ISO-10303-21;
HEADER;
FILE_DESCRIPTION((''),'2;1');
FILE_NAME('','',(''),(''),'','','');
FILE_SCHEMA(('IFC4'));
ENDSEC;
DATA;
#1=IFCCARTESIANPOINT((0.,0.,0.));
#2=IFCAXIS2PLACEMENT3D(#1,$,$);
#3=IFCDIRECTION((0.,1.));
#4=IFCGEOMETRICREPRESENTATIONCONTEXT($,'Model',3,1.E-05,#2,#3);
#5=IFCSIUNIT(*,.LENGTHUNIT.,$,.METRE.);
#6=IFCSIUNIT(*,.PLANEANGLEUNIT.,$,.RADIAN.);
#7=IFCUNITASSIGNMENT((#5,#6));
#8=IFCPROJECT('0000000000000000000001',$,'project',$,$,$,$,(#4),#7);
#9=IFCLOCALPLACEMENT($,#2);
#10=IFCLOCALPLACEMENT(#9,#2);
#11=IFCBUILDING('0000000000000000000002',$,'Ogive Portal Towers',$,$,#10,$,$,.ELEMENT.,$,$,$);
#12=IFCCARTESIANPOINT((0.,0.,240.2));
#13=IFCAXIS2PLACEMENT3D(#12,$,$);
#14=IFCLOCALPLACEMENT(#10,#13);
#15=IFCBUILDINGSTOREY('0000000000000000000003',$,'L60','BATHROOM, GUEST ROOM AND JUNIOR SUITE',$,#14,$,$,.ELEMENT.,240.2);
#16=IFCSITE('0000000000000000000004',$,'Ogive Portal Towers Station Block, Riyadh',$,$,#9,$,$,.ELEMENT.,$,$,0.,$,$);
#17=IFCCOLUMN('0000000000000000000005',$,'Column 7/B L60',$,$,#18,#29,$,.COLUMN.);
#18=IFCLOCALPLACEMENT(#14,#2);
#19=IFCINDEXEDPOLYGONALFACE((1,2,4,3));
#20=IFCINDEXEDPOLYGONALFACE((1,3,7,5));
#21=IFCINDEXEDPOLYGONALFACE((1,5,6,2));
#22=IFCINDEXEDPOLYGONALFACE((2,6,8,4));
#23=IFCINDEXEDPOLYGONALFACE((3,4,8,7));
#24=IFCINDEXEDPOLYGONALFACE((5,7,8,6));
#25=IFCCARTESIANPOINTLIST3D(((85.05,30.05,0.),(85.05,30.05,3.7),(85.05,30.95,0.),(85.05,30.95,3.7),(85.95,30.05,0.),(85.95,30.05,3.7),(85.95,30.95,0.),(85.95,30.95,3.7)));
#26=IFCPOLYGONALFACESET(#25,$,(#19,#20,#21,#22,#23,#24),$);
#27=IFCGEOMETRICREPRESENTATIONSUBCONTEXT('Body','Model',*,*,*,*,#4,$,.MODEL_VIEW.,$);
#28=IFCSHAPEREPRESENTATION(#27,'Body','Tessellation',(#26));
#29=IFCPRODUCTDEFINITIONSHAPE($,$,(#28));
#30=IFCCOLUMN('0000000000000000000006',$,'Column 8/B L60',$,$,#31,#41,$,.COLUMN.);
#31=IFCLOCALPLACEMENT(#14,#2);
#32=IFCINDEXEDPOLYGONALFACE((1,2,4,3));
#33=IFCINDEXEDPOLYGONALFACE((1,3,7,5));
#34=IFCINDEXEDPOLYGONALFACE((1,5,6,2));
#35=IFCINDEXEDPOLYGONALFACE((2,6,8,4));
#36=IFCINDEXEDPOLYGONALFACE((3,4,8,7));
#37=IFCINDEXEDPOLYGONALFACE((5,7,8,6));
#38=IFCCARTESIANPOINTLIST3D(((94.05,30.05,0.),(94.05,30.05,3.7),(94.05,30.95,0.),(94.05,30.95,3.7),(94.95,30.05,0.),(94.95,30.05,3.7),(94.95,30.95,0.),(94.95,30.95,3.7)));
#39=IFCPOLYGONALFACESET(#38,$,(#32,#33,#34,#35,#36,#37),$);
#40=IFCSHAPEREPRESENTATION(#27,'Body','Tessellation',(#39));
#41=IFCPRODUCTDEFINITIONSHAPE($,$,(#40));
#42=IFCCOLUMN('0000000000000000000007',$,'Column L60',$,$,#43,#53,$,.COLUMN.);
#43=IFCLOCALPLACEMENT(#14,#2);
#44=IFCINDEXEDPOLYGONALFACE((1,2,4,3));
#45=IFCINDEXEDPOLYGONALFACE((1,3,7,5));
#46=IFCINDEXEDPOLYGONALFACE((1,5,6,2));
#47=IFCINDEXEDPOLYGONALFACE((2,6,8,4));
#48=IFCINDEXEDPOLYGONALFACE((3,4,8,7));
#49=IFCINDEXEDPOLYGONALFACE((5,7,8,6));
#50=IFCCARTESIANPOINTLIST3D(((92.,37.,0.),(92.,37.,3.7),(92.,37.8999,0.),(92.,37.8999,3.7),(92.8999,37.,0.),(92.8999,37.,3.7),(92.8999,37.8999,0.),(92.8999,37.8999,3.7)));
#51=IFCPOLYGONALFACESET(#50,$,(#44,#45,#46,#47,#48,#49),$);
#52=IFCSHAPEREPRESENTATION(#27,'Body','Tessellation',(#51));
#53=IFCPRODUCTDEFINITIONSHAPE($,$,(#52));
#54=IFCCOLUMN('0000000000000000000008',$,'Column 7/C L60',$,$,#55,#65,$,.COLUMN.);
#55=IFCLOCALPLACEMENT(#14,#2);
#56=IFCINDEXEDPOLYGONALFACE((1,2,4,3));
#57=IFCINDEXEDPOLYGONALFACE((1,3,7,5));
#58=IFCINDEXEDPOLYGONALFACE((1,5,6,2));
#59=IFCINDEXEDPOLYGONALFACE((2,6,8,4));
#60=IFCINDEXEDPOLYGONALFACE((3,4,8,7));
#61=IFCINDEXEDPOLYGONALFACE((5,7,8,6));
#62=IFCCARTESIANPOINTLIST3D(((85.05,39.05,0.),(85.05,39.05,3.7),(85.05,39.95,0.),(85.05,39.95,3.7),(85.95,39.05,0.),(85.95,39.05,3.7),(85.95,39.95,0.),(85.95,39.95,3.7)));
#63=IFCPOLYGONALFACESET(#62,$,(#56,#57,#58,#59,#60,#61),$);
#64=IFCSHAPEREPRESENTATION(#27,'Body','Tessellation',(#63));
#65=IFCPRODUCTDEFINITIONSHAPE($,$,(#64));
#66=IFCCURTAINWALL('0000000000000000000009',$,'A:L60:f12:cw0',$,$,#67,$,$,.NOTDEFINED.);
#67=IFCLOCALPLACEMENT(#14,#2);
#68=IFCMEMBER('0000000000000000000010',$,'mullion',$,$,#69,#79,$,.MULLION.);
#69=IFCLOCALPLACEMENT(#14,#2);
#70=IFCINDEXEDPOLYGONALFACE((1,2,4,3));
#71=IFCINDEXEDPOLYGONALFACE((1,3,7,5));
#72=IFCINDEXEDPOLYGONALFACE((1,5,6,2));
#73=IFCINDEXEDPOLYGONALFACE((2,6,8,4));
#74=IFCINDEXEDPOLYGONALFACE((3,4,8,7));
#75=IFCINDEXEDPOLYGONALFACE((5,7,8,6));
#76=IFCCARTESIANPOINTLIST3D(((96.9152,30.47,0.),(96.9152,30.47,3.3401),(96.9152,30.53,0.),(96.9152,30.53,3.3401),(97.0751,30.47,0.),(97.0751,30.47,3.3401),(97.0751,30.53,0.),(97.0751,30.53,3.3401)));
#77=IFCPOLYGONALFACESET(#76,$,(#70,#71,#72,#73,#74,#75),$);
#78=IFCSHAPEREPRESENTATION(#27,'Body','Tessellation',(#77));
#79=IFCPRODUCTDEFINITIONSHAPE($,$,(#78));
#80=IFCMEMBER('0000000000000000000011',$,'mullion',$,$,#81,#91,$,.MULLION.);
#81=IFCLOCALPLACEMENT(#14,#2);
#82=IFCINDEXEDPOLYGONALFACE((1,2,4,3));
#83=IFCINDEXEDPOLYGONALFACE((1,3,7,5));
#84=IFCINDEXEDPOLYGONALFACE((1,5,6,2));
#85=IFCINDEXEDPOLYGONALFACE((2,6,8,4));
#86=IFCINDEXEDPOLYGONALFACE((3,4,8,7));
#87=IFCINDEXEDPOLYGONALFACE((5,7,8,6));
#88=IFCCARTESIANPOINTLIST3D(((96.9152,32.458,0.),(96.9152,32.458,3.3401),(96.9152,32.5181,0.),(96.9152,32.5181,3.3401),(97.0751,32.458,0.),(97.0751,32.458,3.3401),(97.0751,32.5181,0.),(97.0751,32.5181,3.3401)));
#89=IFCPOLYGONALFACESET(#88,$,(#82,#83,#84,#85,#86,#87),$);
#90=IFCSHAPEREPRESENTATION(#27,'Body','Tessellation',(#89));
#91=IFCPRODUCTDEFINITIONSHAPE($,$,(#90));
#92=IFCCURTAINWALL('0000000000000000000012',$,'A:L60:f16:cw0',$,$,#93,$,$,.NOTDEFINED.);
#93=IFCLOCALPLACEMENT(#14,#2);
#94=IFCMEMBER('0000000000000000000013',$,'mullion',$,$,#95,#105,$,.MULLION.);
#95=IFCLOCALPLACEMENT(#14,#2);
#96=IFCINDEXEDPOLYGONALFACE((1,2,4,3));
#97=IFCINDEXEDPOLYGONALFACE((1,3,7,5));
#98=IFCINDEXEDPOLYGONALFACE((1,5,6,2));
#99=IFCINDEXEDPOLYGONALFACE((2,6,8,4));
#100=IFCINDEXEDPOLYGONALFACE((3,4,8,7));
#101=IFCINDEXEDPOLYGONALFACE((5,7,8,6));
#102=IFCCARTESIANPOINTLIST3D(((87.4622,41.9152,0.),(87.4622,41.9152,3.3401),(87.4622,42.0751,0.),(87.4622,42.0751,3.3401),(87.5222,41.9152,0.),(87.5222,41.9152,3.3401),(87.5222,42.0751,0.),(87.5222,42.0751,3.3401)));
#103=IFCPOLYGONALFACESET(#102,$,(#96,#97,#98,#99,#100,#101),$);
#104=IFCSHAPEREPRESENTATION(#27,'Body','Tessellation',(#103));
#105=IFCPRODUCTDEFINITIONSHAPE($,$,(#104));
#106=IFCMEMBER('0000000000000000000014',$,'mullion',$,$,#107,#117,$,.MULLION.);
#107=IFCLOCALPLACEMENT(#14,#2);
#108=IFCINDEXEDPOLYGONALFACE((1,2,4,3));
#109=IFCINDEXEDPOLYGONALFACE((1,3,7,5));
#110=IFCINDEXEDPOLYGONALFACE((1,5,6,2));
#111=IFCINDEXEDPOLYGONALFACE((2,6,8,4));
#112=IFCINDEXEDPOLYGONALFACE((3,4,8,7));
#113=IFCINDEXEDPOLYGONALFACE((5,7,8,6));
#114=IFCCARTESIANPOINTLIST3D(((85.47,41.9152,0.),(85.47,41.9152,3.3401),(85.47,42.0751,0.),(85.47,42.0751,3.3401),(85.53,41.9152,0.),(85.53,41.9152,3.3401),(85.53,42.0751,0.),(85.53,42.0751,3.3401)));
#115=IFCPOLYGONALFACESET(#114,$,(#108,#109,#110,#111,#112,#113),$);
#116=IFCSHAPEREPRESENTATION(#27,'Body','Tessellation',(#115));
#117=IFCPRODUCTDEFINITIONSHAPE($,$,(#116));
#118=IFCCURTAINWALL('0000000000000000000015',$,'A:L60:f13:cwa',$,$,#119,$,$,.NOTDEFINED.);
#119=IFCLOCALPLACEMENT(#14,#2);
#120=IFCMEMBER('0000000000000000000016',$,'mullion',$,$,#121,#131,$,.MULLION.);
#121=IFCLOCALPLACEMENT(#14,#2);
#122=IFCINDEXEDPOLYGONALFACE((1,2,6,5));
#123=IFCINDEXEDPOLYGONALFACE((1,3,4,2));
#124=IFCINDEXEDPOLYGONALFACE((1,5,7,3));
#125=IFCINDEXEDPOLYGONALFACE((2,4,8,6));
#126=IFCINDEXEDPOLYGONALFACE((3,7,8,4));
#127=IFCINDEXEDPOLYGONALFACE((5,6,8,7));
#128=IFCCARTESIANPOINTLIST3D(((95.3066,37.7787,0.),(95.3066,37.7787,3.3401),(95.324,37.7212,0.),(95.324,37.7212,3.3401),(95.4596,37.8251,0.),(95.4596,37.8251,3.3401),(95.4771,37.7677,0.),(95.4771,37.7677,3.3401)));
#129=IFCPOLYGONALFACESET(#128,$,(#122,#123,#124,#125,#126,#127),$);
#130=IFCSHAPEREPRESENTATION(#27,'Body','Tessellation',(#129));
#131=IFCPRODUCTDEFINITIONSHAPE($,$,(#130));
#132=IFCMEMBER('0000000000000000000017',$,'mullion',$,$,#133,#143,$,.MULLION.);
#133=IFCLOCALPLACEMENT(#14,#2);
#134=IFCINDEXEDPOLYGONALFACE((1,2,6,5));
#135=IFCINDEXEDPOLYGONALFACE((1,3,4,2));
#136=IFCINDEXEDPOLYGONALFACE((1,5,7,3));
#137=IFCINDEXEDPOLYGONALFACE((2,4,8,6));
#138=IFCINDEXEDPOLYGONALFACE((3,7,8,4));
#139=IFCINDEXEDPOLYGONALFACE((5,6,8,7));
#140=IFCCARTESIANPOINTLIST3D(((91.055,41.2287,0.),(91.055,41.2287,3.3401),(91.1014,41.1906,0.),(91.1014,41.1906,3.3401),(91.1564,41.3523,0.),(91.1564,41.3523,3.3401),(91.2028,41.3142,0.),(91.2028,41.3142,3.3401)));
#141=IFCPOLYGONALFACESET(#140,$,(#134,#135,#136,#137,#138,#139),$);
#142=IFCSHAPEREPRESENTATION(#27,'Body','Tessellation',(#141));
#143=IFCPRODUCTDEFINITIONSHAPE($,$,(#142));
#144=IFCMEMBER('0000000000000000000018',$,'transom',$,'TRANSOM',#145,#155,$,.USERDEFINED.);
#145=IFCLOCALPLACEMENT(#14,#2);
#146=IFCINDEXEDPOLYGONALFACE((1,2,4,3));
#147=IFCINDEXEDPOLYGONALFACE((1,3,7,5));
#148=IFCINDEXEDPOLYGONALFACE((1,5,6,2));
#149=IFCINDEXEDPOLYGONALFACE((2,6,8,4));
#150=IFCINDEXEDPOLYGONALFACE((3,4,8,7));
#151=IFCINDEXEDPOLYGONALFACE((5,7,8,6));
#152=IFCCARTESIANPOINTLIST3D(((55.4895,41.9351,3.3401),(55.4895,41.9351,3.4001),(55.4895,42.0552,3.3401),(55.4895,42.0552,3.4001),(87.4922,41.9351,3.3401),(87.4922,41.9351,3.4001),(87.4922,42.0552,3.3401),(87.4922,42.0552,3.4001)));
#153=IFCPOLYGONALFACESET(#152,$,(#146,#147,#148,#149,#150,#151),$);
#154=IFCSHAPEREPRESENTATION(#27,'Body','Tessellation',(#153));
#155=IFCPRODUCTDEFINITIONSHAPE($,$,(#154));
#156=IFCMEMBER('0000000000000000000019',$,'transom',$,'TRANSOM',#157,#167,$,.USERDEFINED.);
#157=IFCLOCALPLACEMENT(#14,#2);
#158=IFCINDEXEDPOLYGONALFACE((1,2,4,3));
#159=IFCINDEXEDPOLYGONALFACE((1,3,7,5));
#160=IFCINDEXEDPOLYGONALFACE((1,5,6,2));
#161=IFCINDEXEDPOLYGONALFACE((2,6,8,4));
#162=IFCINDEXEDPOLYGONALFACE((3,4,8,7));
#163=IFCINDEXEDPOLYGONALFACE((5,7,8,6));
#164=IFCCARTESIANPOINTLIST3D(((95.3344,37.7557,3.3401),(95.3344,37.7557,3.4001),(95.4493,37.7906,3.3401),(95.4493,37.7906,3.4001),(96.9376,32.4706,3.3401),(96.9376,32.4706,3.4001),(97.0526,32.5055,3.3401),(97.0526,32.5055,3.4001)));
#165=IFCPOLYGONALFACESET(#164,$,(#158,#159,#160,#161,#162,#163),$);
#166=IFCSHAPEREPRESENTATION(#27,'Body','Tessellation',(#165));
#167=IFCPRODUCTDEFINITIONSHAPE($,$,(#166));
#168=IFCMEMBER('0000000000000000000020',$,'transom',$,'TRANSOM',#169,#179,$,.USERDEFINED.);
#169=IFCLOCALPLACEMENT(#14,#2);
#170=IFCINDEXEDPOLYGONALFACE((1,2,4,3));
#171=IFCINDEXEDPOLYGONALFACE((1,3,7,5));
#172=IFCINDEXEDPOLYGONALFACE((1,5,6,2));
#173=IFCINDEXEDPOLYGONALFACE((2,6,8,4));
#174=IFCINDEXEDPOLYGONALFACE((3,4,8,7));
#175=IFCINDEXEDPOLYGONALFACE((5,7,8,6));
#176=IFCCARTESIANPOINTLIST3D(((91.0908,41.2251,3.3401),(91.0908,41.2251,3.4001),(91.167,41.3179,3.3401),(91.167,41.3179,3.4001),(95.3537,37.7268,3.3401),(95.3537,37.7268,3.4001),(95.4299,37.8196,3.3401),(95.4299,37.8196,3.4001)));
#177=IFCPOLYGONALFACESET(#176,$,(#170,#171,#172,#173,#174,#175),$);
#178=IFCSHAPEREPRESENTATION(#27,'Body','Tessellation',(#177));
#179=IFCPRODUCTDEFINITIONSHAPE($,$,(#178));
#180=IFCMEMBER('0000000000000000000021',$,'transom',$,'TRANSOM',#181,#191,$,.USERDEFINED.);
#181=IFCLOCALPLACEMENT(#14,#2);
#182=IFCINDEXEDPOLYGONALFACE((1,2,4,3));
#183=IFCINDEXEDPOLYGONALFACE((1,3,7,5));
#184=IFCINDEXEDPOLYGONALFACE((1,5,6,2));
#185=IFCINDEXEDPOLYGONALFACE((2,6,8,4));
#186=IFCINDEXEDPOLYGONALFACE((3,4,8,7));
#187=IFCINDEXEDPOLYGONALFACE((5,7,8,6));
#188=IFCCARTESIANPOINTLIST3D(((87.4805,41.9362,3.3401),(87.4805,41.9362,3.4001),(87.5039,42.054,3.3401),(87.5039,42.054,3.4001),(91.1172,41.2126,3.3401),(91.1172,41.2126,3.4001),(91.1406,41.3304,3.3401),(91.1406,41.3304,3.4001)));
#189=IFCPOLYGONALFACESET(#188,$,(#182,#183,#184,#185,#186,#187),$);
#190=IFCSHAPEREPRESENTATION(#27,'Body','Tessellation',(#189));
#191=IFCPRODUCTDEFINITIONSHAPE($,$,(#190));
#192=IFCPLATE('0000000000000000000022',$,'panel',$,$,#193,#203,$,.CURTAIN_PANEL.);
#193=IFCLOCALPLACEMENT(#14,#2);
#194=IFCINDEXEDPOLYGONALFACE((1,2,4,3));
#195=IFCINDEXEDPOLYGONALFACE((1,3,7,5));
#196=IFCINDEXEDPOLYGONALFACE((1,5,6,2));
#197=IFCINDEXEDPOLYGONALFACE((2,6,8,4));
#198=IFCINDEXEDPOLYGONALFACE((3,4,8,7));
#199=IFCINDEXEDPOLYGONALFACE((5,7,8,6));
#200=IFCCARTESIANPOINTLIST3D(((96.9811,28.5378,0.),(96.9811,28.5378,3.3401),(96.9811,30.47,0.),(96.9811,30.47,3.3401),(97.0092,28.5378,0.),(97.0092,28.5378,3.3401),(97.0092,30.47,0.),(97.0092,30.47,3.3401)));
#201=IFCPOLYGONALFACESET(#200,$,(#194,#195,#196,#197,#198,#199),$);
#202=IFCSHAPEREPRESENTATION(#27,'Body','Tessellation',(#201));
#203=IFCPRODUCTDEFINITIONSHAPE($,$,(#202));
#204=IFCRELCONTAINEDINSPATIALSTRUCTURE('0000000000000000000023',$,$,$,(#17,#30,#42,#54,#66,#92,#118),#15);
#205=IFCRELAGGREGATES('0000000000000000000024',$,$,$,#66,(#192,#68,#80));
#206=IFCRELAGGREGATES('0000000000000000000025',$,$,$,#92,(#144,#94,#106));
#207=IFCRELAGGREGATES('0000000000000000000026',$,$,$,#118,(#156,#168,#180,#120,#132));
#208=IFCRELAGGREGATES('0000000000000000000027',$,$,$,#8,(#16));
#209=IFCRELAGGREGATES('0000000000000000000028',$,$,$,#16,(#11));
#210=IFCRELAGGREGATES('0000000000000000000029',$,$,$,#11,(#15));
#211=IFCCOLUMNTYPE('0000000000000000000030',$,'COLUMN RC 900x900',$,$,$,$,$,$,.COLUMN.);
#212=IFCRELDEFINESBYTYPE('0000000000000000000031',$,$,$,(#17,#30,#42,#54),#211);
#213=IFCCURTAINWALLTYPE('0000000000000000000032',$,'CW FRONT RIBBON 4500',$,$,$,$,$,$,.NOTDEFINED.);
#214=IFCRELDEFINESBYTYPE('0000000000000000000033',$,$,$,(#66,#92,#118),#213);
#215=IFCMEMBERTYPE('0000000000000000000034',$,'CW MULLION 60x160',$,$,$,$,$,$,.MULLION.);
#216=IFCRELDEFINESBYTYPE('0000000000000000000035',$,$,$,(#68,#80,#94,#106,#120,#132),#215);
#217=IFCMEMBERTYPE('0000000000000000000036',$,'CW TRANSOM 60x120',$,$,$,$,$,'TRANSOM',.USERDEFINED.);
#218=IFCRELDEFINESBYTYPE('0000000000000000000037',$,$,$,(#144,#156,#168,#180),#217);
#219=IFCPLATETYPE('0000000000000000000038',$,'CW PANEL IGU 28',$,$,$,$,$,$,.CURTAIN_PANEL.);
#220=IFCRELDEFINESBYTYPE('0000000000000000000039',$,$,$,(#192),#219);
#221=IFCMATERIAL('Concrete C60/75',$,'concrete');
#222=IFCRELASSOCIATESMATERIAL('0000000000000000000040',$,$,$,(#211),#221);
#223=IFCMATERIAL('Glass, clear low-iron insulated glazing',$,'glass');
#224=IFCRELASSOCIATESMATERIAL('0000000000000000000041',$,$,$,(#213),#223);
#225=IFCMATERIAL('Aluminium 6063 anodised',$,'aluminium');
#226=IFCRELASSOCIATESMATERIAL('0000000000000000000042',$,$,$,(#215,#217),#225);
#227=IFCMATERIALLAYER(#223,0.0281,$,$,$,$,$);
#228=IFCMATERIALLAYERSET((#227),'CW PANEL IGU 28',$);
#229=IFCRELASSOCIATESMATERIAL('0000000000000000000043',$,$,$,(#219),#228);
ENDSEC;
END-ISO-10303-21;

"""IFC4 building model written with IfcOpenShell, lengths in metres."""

from ifc_helpers import new_model, si_unit, direction, frame, origin, origin_2d, place, context, subcontext, project, spatial, rectangle, extrude, material, layer, layer_set, material_profile, profile_set, type_object, element, aggregate, save


model = new_model("IFC4")

# Units and contexts
model_context = context("Model", 3, precision=1e-05, world=origin(), true_north=direction((0.0, 1.0)))
body_context = subcontext(model_context, "Body", "Model", "MODEL_VIEW")
ifc_project = project(units=[si_unit("LENGTHUNIT", "METRE"), si_unit("PLANEANGLEUNIT", "RADIAN")], contexts=[model_context])

# Site, building, storey
site_placement = place(None, origin())
site = spatial("IfcSite", under=ifc_project, at=site_placement, Name="Ogive Portal Towers Station Block, Riyadh", CompositionType="ELEMENT", RefElevation=0.0)
building_placement = place(site_placement, origin())
building = spatial("IfcBuilding", under=site, at=building_placement, Name="Ogive Portal Towers", CompositionType="ELEMENT")
storey_placement = place(building_placement, frame((0.0, 0.0, 240.2)))
storey = spatial("IfcBuildingStorey", under=building, at=storey_placement, Name="L60", Description="BATHROOM, GUEST ROOM AND JUNIOR SUITE", CompositionType="ELEMENT", Elevation=240.2)

# Columns
ifc_material_1 = material(Name="Concrete C60/75", Category="concrete")
ifc_material_profile_1 = material_profile(ifc_material_1, rectangle(XDim=0.8999, YDim=0.8999, at=origin_2d()), Name="RC 900x900")
ifc_profile_set_1 = profile_set([ifc_material_profile_1], Name="Concrete C60/75")
column_type = type_object("IfcColumnType", Name="COLUMN RC 900x900", PredefinedType="COLUMN", material=ifc_profile_set_1)
for number, where, z_axis, x_axis, name in (
    (1, (85.5, 30.5, 0.0), (0.0, 0.0, 1.0), (1.0, 0.0, 0.0), "Column 7/B L60"),
    (2, (94.5, 30.5, 0.0), (0.0, 0.0, 1.0), (1.0, 0.0, 0.0), "Column 8/B L60"),
    (3, (92.45, 37.45, 0.0), (0.0, 0.0, 1.0), (1.0, 0.0, 0.0), "Column L60"),
    (4, (85.5, 39.5, 0.0), (0.0, 0.0, 1.0), (1.0, 0.0, 0.0), "Column 7/C L60"),
):
    element("IfcColumn", number, at=place(storey_placement, frame(where, z_axis=z_axis, x_axis=x_axis)), inside=storey, type_object=column_type, Name=name, PredefinedType="COLUMN", context=body_context, shape_type="SweptSolid", body=[
        extrude(rectangle(XDim=0.8999, YDim=0.8999, at=origin_2d()), origin(), (0.0, 0.0, 1.0), 3.7),
    ])

# Curtain walls, members
ifc_material_2 = material(Name="Glass, clear low-iron insulated glazing", Category="glass")
curtain_wall_type = type_object("IfcCurtainWallType", Name="CW FRONT RIBBON 4500", PredefinedType="NOTDEFINED", material=ifc_material_2)
curtain_wall_1_placement = place(storey_placement, origin())
curtain_wall_1 = element("IfcCurtainWall", 5, at=curtain_wall_1_placement, inside=storey, type_object=curtain_wall_type, Name="A:L60:f12:cw0", PredefinedType="NOTDEFINED")
ifc_material_3 = material(Name="Aluminium 6063 anodised", Category="aluminium")
ifc_material_profile_2 = material_profile(ifc_material_3, rectangle(XDim=0.1599, YDim=0.0601, at=origin_2d()), Name="AL 60x160")
ifc_profile_set_2 = profile_set([ifc_material_profile_2], Name="Aluminium 6063 anodised")
member_type_1 = type_object("IfcMemberType", Name="CW MULLION 60x160", PredefinedType="MULLION", material=ifc_profile_set_2)
member_1_placement = place(storey_placement, frame((96.9951, 30.5, 0.0), z_axis=(0.0, 0.0, 1.0), x_axis=(-1.0, 0.0, 0.0)))
member_1 = element("IfcMember", 6, at=member_1_placement, type_object=member_type_1, Name="mullion", PredefinedType="MULLION", context=body_context, shape_type="SweptSolid", body=[
    extrude(rectangle(XDim=0.1599, YDim=0.0601, at=origin_2d()), origin(), (0.0, 0.0, 1.0), 3.3401),
])
member_2_placement = place(storey_placement, frame((96.9951, 32.488, 0.0), z_axis=(0.0, 0.0, 1.0), x_axis=(-1.0, 0.0, 0.0)))
member_2 = element("IfcMember", 7, at=member_2_placement, type_object=member_type_1, Name="mullion", PredefinedType="MULLION", context=body_context, shape_type="SweptSolid", body=[
    extrude(rectangle(XDim=0.1599, YDim=0.0601, at=origin_2d()), origin(), (0.0, 0.0, 1.0), 3.3401),
])
curtain_wall_2_placement = place(storey_placement, origin())
curtain_wall_2 = element("IfcCurtainWall", 8, at=curtain_wall_2_placement, inside=storey, type_object=curtain_wall_type, Name="A:L60:f16:cw0", PredefinedType="NOTDEFINED")
member_3_placement = place(storey_placement, frame((87.4922, 41.9951, 0.0), z_axis=(0.0, 0.0, 1.0), x_axis=(0.0, -1.0, 0.0)))
member_3 = element("IfcMember", 9, at=member_3_placement, type_object=member_type_1, Name="mullion", PredefinedType="MULLION", context=body_context, shape_type="SweptSolid", body=[
    extrude(rectangle(XDim=0.1599, YDim=0.0601, at=origin_2d()), origin(), (0.0, 0.0, 1.0), 3.3401),
])
member_4_placement = place(storey_placement, frame((85.5, 41.9951, 0.0), z_axis=(0.0, 0.0, 1.0), x_axis=(0.0, -1.0, 0.0)))
member_4 = element("IfcMember", 10, at=member_4_placement, type_object=member_type_1, Name="mullion", PredefinedType="MULLION", context=body_context, shape_type="SweptSolid", body=[
    extrude(rectangle(XDim=0.1599, YDim=0.0601, at=origin_2d()), origin(), (0.0, 0.0, 1.0), 3.3401),
])
curtain_wall_3_placement = place(storey_placement, origin())
curtain_wall_3 = element("IfcCurtainWall", 11, at=curtain_wall_3_placement, inside=storey, type_object=curtain_wall_type, Name="A:L60:f13:cwa", PredefinedType="NOTDEFINED")
member_5_placement = place(storey_placement, frame((95.3918, 37.7732, 0.0), z_axis=(0.0, 0.0, 1.0), x_axis=(-0.95694, -0.290285, 0.0)))
member_5 = element("IfcMember", 12, at=member_5_placement, type_object=member_type_1, Name="mullion", PredefinedType="MULLION", context=body_context, shape_type="SweptSolid", body=[
    extrude(rectangle(XDim=0.1599, YDim=0.0601, at=origin_2d()), origin(), (0.0, 0.0, 1.0), 3.3401),
])
member_6_placement = place(storey_placement, frame((91.1289, 41.2715, 0.0), z_axis=(0.0, 0.0, 1.0), x_axis=(-0.634393, -0.77301, 0.0)))
member_6 = element("IfcMember", 13, at=member_6_placement, type_object=member_type_1, Name="mullion", PredefinedType="MULLION", context=body_context, shape_type="SweptSolid", body=[
    extrude(rectangle(XDim=0.1599, YDim=0.0601, at=origin_2d()), origin(), (0.0, 0.0, 1.0), 3.3401),
])

# Members
ifc_material_profile_3 = material_profile(ifc_material_3, rectangle(XDim=0.1201, YDim=0.0601, at=origin_2d()), Name="AL 120x60")
ifc_profile_set_3 = profile_set([ifc_material_profile_3], Name="Aluminium 6063 anodised")
member_type_2 = type_object("IfcMemberType", Name="CW TRANSOM 60x120", ElementType="TRANSOM", PredefinedType="USERDEFINED", material=ifc_profile_set_3)
member_7_placement = place(storey_placement, frame((87.4922, 41.9951, 3.3701), z_axis=(-1.0, 0.0, 0.0), x_axis=(0.0, -1.0, 0.0)))
member_7 = element("IfcMember", 14, at=member_7_placement, type_object=member_type_2, Name="transom", ObjectType="TRANSOM", PredefinedType="USERDEFINED", context=body_context, shape_type="SweptSolid", body=[
    extrude(rectangle(XDim=0.1201, YDim=0.0601, at=origin_2d()), origin(), (0.0, 0.0, 1.0), 32.0027),
])
member_8_placement = place(storey_placement, frame((96.9951, 32.488, 3.3701), z_axis=(-0.290291, 0.956938, 0.0), x_axis=(-0.956938, -0.290291, 0.0)))
member_8 = element("IfcMember", 15, at=member_8_placement, type_object=member_type_2, Name="transom", ObjectType="TRANSOM", PredefinedType="USERDEFINED", context=body_context, shape_type="SweptSolid", body=[
    extrude(rectangle(XDim=0.1201, YDim=0.0601, at=origin_2d()), origin(), (0.0, 0.0, 1.0), 5.5229),
])
member_9_placement = place(storey_placement, frame((95.3918, 37.7732, 3.3701), z_axis=(-0.773029, 0.63437, 0.0), x_axis=(-0.63437, -0.773029, 0.0)))
member_9 = element("IfcMember", 16, at=member_9_placement, type_object=member_type_2, Name="transom", ObjectType="TRANSOM", PredefinedType="USERDEFINED", context=body_context, shape_type="SweptSolid", body=[
    extrude(rectangle(XDim=0.1201, YDim=0.0601, at=origin_2d()), origin(), (0.0, 0.0, 1.0), 5.5146),
])
member_10_placement = place(storey_placement, frame((91.1289, 41.2715, 3.3701), z_axis=(-0.980773, 0.195154, 0.0), x_axis=(-0.195154, -0.980773, 0.0)))
member_10 = element("IfcMember", 17, at=member_10_placement, type_object=member_type_2, Name="transom", ObjectType="TRANSOM", PredefinedType="USERDEFINED", context=body_context, shape_type="SweptSolid", body=[
    extrude(rectangle(XDim=0.1201, YDim=0.0601, at=origin_2d()), origin(), (0.0, 0.0, 1.0), 3.708),
])

# Plate
ifc_layer_1 = layer(ifc_material_2, 0.0281)
ifc_layer_set_1 = layer_set([ifc_layer_1], Name="CW PANEL IGU 28")
plate_type = type_object("IfcPlateType", Name="CW PANEL IGU 28", PredefinedType="CURTAIN_PANEL", material=ifc_layer_set_1)
plate_1_placement = place(storey_placement, frame((96.9951, 29.5039, 0.0), z_axis=(0.0, 0.0, 1.0), x_axis=(0.0, 1.0, 0.0)))
plate_1 = element("IfcPlate", 18, at=plate_1_placement, type_object=plate_type, Name="panel", PredefinedType="CURTAIN_PANEL", context=body_context, shape_type="SweptSolid", body=[
    extrude(rectangle(XDim=1.9321, YDim=0.0281, at=origin_2d()), origin(), (0.0, 0.0, 1.0), 3.3401),
])
aggregate(curtain_wall_1, [plate_1, member_1, member_2])
aggregate(curtain_wall_2, [member_7, member_3, member_4])
aggregate(curtain_wall_3, [member_8, member_9, member_10, member_5, member_6])

save(model, "model.ifc")
